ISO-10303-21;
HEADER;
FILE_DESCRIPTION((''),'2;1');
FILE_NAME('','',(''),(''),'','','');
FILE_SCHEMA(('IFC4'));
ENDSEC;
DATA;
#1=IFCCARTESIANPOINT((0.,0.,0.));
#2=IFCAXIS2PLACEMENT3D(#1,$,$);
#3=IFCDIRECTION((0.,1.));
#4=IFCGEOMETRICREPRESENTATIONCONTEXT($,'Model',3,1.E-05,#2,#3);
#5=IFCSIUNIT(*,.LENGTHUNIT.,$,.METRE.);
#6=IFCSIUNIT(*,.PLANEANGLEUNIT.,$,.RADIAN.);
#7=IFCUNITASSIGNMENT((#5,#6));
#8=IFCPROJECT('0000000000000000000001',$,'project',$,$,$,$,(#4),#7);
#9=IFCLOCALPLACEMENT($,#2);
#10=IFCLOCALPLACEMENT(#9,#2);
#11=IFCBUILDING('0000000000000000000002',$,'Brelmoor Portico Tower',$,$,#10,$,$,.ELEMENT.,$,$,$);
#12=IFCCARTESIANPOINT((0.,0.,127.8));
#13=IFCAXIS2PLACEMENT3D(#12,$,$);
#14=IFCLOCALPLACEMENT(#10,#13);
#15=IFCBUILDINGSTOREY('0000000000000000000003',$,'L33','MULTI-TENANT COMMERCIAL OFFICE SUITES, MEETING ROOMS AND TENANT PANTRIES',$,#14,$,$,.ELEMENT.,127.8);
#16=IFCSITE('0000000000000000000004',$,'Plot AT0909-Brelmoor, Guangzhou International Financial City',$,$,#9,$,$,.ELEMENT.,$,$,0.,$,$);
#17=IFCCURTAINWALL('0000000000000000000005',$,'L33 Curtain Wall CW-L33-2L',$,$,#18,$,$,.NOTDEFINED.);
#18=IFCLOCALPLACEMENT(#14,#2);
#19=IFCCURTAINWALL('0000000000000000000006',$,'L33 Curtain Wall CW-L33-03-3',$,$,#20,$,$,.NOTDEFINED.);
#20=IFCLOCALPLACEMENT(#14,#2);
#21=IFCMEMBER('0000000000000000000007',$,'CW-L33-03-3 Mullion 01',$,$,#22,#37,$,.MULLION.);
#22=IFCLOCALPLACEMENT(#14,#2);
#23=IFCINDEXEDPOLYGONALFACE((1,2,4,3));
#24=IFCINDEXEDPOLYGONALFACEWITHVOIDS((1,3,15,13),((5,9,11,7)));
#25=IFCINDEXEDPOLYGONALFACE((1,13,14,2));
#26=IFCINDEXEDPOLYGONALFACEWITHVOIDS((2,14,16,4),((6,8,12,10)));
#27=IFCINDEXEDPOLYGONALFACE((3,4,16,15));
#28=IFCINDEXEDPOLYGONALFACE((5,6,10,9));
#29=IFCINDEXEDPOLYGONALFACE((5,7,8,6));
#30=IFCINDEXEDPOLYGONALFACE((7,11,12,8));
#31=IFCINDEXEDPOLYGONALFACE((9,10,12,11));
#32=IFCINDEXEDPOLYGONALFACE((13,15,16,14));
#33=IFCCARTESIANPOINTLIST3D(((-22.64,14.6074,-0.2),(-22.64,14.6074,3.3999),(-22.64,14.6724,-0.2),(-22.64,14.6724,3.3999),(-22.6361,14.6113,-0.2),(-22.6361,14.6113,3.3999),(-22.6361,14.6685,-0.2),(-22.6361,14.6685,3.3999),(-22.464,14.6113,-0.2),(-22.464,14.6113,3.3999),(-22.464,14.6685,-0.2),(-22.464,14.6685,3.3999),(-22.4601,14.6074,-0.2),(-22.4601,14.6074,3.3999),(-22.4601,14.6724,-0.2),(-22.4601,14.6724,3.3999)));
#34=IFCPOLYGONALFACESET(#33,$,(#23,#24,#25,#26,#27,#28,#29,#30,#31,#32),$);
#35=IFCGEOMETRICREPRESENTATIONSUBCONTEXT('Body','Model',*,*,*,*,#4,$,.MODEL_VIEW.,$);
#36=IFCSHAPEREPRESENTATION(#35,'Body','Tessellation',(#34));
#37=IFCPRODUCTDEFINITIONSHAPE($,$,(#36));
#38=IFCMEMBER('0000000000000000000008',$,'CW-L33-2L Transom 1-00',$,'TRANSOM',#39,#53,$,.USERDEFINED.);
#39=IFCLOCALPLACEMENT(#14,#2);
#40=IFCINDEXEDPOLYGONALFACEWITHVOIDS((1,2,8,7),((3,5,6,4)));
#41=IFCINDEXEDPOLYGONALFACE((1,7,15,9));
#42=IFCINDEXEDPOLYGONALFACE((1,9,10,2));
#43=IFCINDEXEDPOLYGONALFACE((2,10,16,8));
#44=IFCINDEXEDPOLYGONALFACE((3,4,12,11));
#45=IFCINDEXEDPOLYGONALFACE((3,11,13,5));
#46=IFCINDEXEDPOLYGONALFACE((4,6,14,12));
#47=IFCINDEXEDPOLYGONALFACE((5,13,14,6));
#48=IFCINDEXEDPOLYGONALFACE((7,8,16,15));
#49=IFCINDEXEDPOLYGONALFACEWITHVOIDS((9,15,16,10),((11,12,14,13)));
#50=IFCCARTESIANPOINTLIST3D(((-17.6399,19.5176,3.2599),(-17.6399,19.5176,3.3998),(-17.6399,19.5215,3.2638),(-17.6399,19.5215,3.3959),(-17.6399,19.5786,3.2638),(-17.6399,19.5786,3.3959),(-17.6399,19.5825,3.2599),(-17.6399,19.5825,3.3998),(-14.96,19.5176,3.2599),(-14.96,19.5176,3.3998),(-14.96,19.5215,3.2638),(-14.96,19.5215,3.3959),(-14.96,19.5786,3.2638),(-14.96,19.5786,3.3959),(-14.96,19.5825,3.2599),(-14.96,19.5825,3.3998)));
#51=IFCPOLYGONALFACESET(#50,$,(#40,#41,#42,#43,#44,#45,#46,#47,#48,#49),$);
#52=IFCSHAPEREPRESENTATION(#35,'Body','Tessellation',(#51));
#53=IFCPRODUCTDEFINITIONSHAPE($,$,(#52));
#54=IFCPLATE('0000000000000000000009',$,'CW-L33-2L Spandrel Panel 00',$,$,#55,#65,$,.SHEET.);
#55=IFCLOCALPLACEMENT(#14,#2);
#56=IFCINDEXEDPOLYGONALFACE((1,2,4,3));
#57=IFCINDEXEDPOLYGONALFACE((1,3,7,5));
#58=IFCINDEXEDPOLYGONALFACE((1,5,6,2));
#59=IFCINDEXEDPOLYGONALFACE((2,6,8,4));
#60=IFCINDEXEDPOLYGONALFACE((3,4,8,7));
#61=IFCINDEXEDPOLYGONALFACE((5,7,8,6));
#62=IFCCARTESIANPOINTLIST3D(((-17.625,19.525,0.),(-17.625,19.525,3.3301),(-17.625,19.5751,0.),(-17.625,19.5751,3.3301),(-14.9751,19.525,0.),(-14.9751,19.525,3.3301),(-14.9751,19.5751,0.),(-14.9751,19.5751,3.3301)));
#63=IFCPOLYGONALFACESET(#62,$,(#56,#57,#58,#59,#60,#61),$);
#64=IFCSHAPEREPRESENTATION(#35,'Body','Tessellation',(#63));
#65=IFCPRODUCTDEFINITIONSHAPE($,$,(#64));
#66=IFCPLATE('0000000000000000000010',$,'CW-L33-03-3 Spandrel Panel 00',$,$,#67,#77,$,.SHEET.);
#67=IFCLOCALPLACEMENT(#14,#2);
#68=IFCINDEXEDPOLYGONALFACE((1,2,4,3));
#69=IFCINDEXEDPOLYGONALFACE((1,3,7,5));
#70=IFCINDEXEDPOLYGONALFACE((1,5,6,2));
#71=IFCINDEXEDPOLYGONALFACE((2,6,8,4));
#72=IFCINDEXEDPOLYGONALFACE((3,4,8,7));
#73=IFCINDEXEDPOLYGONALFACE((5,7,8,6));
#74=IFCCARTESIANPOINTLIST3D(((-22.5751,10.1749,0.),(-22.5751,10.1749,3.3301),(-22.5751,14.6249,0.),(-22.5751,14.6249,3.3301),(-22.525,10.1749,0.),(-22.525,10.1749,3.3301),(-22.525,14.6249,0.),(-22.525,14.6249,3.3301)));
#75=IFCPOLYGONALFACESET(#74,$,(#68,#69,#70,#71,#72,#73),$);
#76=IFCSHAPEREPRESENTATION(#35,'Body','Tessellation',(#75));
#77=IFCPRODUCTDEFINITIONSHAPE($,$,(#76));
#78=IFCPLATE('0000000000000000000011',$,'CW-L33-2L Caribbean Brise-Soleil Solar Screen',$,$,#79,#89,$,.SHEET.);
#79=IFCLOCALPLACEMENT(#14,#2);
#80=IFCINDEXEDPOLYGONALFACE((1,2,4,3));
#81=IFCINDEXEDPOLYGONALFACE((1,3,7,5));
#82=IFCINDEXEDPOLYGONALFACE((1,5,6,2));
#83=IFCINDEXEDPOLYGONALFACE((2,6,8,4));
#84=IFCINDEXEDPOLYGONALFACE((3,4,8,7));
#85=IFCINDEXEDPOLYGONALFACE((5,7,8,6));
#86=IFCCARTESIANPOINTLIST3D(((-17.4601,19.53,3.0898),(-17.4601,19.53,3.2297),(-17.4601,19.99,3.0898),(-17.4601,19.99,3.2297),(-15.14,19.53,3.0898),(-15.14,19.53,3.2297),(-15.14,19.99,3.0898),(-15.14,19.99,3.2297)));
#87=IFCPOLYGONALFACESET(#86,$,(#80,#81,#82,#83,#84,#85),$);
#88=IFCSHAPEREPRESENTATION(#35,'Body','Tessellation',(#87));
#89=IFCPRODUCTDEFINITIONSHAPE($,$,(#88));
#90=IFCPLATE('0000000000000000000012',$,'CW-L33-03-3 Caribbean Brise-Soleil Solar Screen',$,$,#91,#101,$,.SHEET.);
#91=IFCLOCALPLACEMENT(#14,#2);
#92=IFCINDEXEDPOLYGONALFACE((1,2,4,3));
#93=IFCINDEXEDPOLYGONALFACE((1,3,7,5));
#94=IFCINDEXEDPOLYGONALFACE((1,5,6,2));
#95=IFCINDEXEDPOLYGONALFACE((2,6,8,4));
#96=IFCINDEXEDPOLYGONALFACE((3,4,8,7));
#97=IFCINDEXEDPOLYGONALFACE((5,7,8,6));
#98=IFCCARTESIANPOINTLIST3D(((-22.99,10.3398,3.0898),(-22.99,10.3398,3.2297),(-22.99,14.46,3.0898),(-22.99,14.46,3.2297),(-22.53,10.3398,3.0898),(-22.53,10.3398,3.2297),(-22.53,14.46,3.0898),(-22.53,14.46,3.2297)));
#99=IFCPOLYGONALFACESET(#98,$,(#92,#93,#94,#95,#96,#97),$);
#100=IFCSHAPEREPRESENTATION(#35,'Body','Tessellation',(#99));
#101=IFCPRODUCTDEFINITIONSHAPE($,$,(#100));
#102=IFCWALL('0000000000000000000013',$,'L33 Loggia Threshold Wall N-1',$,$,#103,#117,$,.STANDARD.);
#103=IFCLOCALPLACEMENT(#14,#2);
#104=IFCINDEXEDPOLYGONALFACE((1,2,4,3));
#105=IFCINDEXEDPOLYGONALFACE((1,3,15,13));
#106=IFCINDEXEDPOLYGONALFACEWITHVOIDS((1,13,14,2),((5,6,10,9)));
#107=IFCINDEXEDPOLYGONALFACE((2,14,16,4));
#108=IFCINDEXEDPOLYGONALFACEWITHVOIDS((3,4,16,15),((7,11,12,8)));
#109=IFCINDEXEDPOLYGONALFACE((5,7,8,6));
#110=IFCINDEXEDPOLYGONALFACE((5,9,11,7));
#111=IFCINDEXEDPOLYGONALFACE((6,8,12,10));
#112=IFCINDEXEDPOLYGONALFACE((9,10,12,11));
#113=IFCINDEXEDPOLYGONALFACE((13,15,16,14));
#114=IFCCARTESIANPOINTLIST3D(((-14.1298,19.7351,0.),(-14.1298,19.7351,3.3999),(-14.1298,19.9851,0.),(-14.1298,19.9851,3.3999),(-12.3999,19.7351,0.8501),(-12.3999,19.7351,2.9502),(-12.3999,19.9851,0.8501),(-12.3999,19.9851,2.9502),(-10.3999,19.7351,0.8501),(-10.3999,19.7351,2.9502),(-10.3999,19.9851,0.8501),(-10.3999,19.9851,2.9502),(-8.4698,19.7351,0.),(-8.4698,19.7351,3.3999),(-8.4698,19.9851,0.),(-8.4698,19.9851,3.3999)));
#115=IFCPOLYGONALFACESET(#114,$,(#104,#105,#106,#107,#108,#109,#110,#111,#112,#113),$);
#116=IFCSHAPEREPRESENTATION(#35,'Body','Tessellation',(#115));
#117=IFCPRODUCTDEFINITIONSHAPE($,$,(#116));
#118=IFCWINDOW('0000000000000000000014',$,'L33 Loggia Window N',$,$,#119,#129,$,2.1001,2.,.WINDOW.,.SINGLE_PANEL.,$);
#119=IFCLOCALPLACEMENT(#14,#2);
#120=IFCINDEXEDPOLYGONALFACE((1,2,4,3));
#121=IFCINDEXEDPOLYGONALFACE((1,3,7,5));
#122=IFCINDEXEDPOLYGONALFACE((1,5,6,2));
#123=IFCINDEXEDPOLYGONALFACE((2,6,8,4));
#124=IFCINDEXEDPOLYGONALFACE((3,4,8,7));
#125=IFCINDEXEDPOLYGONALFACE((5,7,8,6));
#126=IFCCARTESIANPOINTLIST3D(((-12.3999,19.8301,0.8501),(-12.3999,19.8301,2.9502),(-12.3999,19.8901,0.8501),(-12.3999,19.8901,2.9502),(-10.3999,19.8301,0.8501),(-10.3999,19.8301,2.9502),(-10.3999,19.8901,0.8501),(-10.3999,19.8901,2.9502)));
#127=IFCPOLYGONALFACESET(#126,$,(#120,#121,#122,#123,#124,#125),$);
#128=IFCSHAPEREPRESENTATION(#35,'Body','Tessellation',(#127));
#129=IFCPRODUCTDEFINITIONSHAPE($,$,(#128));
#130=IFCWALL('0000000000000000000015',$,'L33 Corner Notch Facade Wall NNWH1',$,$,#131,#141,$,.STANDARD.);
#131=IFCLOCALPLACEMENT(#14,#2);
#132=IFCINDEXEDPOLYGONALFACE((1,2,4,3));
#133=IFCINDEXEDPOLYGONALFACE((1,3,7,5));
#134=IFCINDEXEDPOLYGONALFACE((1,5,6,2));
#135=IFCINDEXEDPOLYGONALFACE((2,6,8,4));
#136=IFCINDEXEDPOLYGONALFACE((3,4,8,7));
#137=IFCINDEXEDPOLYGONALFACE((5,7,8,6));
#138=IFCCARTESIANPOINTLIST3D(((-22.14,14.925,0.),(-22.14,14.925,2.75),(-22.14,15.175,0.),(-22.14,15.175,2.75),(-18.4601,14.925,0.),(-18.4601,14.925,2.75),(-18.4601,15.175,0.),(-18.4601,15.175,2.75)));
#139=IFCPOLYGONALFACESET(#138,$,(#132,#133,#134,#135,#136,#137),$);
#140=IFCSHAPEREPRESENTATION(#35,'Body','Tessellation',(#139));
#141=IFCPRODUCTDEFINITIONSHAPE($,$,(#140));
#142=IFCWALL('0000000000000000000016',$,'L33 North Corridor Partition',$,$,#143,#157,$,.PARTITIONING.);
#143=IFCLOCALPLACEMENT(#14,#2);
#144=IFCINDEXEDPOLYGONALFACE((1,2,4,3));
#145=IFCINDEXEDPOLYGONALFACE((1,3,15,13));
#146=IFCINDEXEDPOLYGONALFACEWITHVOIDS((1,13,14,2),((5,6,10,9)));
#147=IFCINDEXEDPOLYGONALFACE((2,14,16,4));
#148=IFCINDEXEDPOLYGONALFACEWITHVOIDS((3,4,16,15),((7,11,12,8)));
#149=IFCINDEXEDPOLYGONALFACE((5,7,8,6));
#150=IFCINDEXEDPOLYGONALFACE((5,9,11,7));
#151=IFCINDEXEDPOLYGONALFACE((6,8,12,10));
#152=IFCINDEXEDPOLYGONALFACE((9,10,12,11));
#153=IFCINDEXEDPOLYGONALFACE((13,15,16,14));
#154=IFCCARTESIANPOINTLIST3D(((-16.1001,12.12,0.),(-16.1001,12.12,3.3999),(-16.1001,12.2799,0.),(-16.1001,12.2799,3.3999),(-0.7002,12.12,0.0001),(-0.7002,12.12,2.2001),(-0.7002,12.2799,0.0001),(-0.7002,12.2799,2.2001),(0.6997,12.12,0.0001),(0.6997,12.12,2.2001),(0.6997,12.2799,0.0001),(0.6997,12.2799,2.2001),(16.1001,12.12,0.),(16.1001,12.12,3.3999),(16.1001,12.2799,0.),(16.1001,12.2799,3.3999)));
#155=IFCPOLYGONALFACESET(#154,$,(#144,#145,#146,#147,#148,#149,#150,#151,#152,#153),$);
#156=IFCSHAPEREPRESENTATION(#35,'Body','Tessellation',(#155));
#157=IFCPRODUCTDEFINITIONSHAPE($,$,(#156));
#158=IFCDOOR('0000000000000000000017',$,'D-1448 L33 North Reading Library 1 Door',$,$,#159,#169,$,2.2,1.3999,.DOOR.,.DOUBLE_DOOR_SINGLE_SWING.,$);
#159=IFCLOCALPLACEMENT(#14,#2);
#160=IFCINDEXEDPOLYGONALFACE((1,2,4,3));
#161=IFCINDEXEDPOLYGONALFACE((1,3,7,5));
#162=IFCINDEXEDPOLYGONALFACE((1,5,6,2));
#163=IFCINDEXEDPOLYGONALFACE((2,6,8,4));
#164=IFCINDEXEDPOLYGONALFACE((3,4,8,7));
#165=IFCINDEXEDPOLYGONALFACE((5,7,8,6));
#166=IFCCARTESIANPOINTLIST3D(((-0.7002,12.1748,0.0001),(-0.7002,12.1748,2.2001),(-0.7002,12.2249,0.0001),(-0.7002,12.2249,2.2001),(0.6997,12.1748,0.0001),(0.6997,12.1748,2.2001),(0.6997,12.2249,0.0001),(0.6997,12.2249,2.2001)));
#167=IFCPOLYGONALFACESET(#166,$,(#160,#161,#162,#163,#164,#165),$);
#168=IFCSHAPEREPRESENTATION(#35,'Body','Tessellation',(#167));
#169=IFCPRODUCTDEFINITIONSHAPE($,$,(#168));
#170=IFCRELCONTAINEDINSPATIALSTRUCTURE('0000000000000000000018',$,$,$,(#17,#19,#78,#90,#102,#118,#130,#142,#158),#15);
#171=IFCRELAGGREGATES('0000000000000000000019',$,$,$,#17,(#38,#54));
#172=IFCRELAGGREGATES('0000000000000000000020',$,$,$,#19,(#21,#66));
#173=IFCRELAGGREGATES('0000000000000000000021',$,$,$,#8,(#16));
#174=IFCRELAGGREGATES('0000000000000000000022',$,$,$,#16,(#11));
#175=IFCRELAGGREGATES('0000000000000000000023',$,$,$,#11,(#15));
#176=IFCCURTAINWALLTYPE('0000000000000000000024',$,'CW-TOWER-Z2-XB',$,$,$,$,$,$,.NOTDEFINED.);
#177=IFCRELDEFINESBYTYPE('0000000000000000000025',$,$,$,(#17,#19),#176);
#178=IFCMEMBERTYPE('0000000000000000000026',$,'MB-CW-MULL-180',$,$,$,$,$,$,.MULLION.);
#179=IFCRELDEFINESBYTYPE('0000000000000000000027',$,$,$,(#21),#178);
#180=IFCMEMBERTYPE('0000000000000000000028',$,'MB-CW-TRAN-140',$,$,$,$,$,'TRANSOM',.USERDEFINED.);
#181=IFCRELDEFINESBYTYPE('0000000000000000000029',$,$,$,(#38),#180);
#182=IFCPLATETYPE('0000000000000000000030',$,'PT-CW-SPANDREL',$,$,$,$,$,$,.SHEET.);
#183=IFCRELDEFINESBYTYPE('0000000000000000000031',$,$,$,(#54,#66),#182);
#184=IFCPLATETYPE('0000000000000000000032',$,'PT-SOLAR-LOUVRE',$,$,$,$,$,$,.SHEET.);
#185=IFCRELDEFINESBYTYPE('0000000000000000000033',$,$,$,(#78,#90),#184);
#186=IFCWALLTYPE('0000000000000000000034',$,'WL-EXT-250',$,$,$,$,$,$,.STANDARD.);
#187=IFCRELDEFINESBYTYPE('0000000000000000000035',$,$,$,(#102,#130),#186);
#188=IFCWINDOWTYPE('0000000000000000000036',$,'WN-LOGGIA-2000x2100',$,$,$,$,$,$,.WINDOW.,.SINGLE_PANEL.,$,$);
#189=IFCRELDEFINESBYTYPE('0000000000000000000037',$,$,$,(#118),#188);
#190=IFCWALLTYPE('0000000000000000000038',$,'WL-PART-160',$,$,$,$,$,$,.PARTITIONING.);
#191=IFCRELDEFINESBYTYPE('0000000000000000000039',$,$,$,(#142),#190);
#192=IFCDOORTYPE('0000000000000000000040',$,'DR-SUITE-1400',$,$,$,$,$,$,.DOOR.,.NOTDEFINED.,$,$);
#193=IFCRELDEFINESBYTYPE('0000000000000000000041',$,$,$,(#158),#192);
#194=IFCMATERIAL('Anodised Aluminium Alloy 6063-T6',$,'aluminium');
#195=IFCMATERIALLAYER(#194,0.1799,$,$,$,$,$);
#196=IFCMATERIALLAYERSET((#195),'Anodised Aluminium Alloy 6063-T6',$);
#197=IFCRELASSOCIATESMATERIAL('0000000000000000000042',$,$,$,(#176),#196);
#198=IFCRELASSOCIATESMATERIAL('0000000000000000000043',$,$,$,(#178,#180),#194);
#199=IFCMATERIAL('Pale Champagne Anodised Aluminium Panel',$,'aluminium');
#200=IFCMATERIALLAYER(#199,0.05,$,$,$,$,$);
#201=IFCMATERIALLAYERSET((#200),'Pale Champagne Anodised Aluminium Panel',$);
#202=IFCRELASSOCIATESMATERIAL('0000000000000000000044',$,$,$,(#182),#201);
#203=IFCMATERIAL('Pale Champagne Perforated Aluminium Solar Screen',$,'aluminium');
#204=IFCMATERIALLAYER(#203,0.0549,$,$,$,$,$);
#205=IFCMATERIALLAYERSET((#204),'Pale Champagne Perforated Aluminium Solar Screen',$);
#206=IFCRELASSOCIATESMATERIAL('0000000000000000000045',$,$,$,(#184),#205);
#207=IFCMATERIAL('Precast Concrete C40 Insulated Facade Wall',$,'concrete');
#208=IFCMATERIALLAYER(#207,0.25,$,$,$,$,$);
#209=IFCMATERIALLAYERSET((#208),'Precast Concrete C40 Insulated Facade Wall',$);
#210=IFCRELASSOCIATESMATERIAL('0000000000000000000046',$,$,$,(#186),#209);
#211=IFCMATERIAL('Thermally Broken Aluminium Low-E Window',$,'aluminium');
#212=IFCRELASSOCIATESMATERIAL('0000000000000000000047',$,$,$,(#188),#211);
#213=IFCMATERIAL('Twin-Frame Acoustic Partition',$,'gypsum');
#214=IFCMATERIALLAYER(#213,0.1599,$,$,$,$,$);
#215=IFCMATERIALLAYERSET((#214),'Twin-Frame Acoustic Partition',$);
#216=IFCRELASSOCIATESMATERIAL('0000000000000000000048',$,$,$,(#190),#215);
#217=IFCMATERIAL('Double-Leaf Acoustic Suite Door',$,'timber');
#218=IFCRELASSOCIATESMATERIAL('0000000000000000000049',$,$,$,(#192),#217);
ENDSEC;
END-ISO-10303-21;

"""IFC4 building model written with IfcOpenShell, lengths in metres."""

from ifc_helpers import new_model, si_unit, direction, frame, frame_2d, origin, origin_2d, place, context, subcontext, project, spatial, rectangle, hollow_rectangle, extrude, material, layer, layer_set, material_profile, profile_set, type_object, element, fill, aggregate, save


model = new_model("IFC4")

# Units and contexts
model_context = context("Model", 3, precision=1e-05, world=origin(), true_north=direction((0.0, 1.0)))
body_context = subcontext(model_context, "Body", "Model", "MODEL_VIEW")
ifc_project = project(units=[si_unit("LENGTHUNIT", "METRE"), si_unit("PLANEANGLEUNIT", "RADIAN")], contexts=[model_context])

# Site, building, storey
site_placement = place(None, origin())
site = spatial("IfcSite", under=ifc_project, at=site_placement, Name="Plot AT0909-Brelmoor, Guangzhou International Financial City", CompositionType="ELEMENT", RefElevation=0.0)
building_placement = place(site_placement, origin())
building = spatial("IfcBuilding", under=site, at=building_placement, Name="Brelmoor Portico Tower", CompositionType="ELEMENT")
storey_placement = place(building_placement, frame((0.0, 0.0, 127.8)))
storey = spatial("IfcBuildingStorey", under=building, at=storey_placement, Name="L33", Description="MULTI-TENANT COMMERCIAL OFFICE SUITES, MEETING ROOMS AND TENANT PANTRIES", CompositionType="ELEMENT", Elevation=127.8)

# Curtain wall
ifc_material_1 = material(Name="Anodised Aluminium Alloy 6063-T6", Category="aluminium")
ifc_layer_1 = layer(ifc_material_1, 0.1799)
ifc_layer_set_1 = layer_set([ifc_layer_1], Name="Anodised Aluminium Alloy 6063-T6")
curtain_wall_type = type_object("IfcCurtainWallType", Name="CW-TOWER-Z2-XB", PredefinedType="NOTDEFINED", material=ifc_layer_set_1)
curtain_wall_1_placement = place(storey_placement, origin())
curtain_wall_1 = element("IfcCurtainWall", 1, at=curtain_wall_1_placement, inside=storey, type_object=curtain_wall_type, Name="L33 Curtain Wall CW-L33-2L", PredefinedType="NOTDEFINED")
ifc_material_profile_1 = material_profile(ifc_material_1, hollow_rectangle(XDim=0.0649, YDim=0.1799, WallThickness=0.0039, at=origin_2d()), Name="ALU MULLION 65x180")
ifc_profile_set_1 = profile_set([ifc_material_profile_1], Name="Anodised Aluminium Alloy 6063-T6")
member_type_1 = type_object("IfcMemberType", Name="MB-CW-MULL-180", PredefinedType="MULLION", material=ifc_profile_set_1)

# Curtain wall, member
curtain_wall_2_placement = place(storey_placement, origin())
curtain_wall_2 = element("IfcCurtainWall", 2, at=curtain_wall_2_placement, inside=storey, type_object=curtain_wall_type, Name="L33 Curtain Wall CW-L33-03-3", PredefinedType="NOTDEFINED")
member_1_placement = place(storey_placement, frame((-22.55, 14.6399, -0.2), z_axis=(0.0, 0.0, 1.0), x_axis=(0.0, 1.0, 0.0)))
member_1 = element("IfcMember", 3, at=member_1_placement, type_object=member_type_1, Name="CW-L33-03-3 Mullion 01", PredefinedType="MULLION", context=body_context, shape_type="SweptSolid", body=[
    extrude(hollow_rectangle(XDim=0.0649, YDim=0.1799, WallThickness=0.0039, at=origin_2d()), origin(), (0.0, 0.0, 1.0), 3.5999),
])

# Member
ifc_material_profile_2 = material_profile(ifc_material_1, hollow_rectangle(XDim=0.0649, YDim=0.1399, WallThickness=0.0039, at=origin_2d()), Name="ALU TRANSOM 65x140")
ifc_profile_set_2 = profile_set([ifc_material_profile_2], Name="Anodised Aluminium Alloy 6063-T6")
member_type_2 = type_object("IfcMemberType", Name="MB-CW-TRAN-140", ElementType="TRANSOM", PredefinedType="USERDEFINED", material=ifc_profile_set_2)
member_2_placement = place(storey_placement, frame((-17.6399, 19.55, 3.3298), z_axis=(1.0, 0.0, 0.0), x_axis=(0.0, 1.0, 0.0)))
member_2 = element("IfcMember", 4, at=member_2_placement, type_object=member_type_2, Name="CW-L33-2L Transom 1-00", ObjectType="TRANSOM", PredefinedType="USERDEFINED", context=body_context, shape_type="SweptSolid", body=[
    extrude(hollow_rectangle(XDim=0.0649, YDim=0.1399, WallThickness=0.0039, at=origin_2d()), origin(), (0.0, 0.0, 1.0), 2.6799),
])

# Plates
ifc_material_2 = material(Name="Pale Champagne Anodised Aluminium Panel", Category="aluminium")
ifc_layer_2 = layer(ifc_material_2, 0.05)
ifc_layer_set_2 = layer_set([ifc_layer_2], Name="Pale Champagne Anodised Aluminium Panel")
plate_type_1 = type_object("IfcPlateType", Name="PT-CW-SPANDREL", PredefinedType="SHEET", material=ifc_layer_set_2)
plate_1_placement = place(storey_placement, frame((-16.3, 19.55, 0.0), z_axis=(0.0, 0.0, 1.0), x_axis=(1.0, 0.0, 0.0)))
plate_1 = element("IfcPlate", 5, at=plate_1_placement, type_object=plate_type_1, Name="CW-L33-2L Spandrel Panel 00", PredefinedType="SHEET", context=body_context, shape_type="SweptSolid", body=[
    extrude(rectangle(XDim=2.6499, YDim=0.05, at=origin_2d()), origin(), (0.0, 0.0, 1.0), 3.3301),
])
aggregate(curtain_wall_1, [member_2, plate_1])
plate_2_placement = place(storey_placement, frame((-22.55, 12.3999, 0.0), z_axis=(0.0, 0.0, 1.0), x_axis=(0.0, 1.0, 0.0)))
plate_2 = element("IfcPlate", 6, at=plate_2_placement, type_object=plate_type_1, Name="CW-L33-03-3 Spandrel Panel 00", PredefinedType="SHEET", context=body_context, shape_type="SweptSolid", body=[
    extrude(rectangle(XDim=4.45, YDim=0.05, at=origin_2d()), origin(), (0.0, 0.0, 1.0), 3.3301),
])
aggregate(curtain_wall_2, [member_1, plate_2])

# Plates
ifc_material_3 = material(Name="Pale Champagne Perforated Aluminium Solar Screen", Category="aluminium")
ifc_layer_3 = layer(ifc_material_3, 0.0549)
ifc_layer_set_3 = layer_set([ifc_layer_3], Name="Pale Champagne Perforated Aluminium Solar Screen")
plate_type_2 = type_object("IfcPlateType", Name="PT-SOLAR-LOUVRE", PredefinedType="SHEET", material=ifc_layer_set_3)
plate_3_placement = place(storey_placement, frame((-16.3, 19.76, 3.0898), z_axis=(0.0, 0.0, 1.0), x_axis=(1.0, 0.0, 0.0)))
element("IfcPlate", 7, at=plate_3_placement, inside=storey, type_object=plate_type_2, Name="CW-L33-2L Caribbean Brise-Soleil Solar Screen", PredefinedType="SHEET", context=body_context, shape_type="SweptSolid", body=[
    extrude(rectangle(XDim=2.3201, YDim=0.46, at=origin_2d()), origin(), (0.0, 0.0, 1.0), 0.1399),
])
plate_4_placement = place(storey_placement, frame((-22.76, 12.3999, 3.0898), z_axis=(0.0, 0.0, 1.0), x_axis=(0.0, 1.0, 0.0)))
element("IfcPlate", 8, at=plate_4_placement, inside=storey, type_object=plate_type_2, Name="CW-L33-03-3 Caribbean Brise-Soleil Solar Screen", PredefinedType="SHEET", context=body_context, shape_type="SweptSolid", body=[
    extrude(rectangle(XDim=4.1201, YDim=0.46, at=origin_2d()), origin(), (0.0, 0.0, 1.0), 0.1399),
])

# Wall, opening, window
ifc_material_4 = material(Name="Precast Concrete C40 Insulated Facade Wall", Category="concrete")
ifc_layer_4 = layer(ifc_material_4, 0.25)
ifc_layer_set_4 = layer_set([ifc_layer_4], Name="Precast Concrete C40 Insulated Facade Wall")
wall_type_1 = type_object("IfcWallType", Name="WL-EXT-250", PredefinedType="STANDARD", material=ifc_layer_set_4)
wall_1_placement = place(storey_placement, frame((-14.1299, 19.8601, 0.0), z_axis=(0.0, 0.0, 1.0), x_axis=(1.0, 0.0, 0.0)))
wall_1 = element("IfcWall", 9, at=wall_1_placement, inside=storey, type_object=wall_type_1, Name="L33 Loggia Threshold Wall N-1", PredefinedType="STANDARD", context=body_context, shape_type="SweptSolid", body=[
    extrude(rectangle(XDim=5.6599, YDim=0.25, at=frame_2d((2.8301, 0.0))), origin(), (0.0, 0.0, 1.0), 3.3999),
])
opening_1_placement = place(wall_1_placement, frame((1.73, 0.0, 0.8501)))
opening_1 = element("IfcOpeningElement", 10, at=opening_1_placement, cuts=wall_1, PredefinedType="OPENING", context=body_context, shape_type="SweptSolid", body=[
    extrude(rectangle(XDim=2.0, YDim=2.1001, at=frame_2d((1.0, 1.05))), frame((0.0, 0.135, 0.0), z_axis=(0.0, -1.0, 0.0), x_axis=(1.0, 0.0, 0.0)), (0.0, 0.0, 1.0), 0.27),
])
ifc_material_5 = material(Name="Thermally Broken Aluminium Low-E Window", Category="aluminium")
window_type = type_object("IfcWindowType", Name="WN-LOGGIA-2000x2100", PartitioningType="SINGLE_PANEL", PredefinedType="WINDOW", material=ifc_material_5)
window_placement = place(opening_1_placement, origin())
window = element("IfcWindow", 11, at=window_placement, inside=storey, type_object=window_type, Name="L33 Loggia Window N", OverallHeight=2.1001, OverallWidth=2.0, PartitioningType="SINGLE_PANEL", PredefinedType="WINDOW", context=body_context, shape_type="SweptSolid", body=[
    extrude(rectangle(XDim=2.0, YDim=2.1001, at=frame_2d((1.0, 1.05))), frame((0.0, 0.03, 0.0), z_axis=(0.0, -1.0, 0.0), x_axis=(1.0, 0.0, 0.0)), (0.0, 0.0, 1.0), 0.0601),
])
fill(opening_1, window)

# Wall
for number, where, z_axis, x_axis, name in (
    (12, (-22.1399, 15.05, 0.0), (0.0, 0.0, 1.0), (1.0, 0.0, 0.0), "L33 Corner Notch Facade Wall NNWH1"),
):
    element("IfcWall", number, at=place(storey_placement, frame(where, z_axis=z_axis, x_axis=x_axis)), inside=storey, type_object=wall_type_1, Name=name, PredefinedType="STANDARD", context=body_context, shape_type="SweptSolid", body=[
        extrude(rectangle(XDim=3.6799, YDim=0.25, at=frame_2d((1.8398, 0.0))), origin(), (0.0, 0.0, 1.0), 2.75),
    ])

# Wall, opening, door
ifc_material_6 = material(Name="Twin-Frame Acoustic Partition", Category="gypsum")
ifc_layer_5 = layer(ifc_material_6, 0.1599)
ifc_layer_set_5 = layer_set([ifc_layer_5], Name="Twin-Frame Acoustic Partition")
wall_type_2 = type_object("IfcWallType", Name="WL-PART-160", PredefinedType="PARTITIONING", material=ifc_layer_set_5)
wall_2_placement = place(storey_placement, frame((-16.1001, 12.2, 0.0), z_axis=(0.0, 0.0, 1.0), x_axis=(1.0, 0.0, 0.0)))
wall_2 = element("IfcWall", 13, at=wall_2_placement, inside=storey, type_object=wall_type_2, Name="L33 North Corridor Partition", PredefinedType="PARTITIONING", context=body_context, shape_type="SweptSolid", body=[
    extrude(rectangle(XDim=32.2002, YDim=0.1599, at=frame_2d((16.1001, 0.0))), origin(), (0.0, 0.0, 1.0), 3.3999),
])
opening_2_placement = place(wall_2_placement, frame((15.3999, 0.0, 0.0)))
opening_2 = element("IfcOpeningElement", 14, at=opening_2_placement, cuts=wall_2, PredefinedType="OPENING", context=body_context, shape_type="SweptSolid", body=[
    extrude(rectangle(XDim=1.3999, YDim=2.2, at=frame_2d((0.7, 1.1001))), frame((0.0, 0.0898, 0.0), z_axis=(0.0, -1.0, 0.0), x_axis=(1.0, 0.0, 0.0)), (0.0, 0.0, 1.0), 0.1799),
])
ifc_material_7 = material(Name="Double-Leaf Acoustic Suite Door", Category="timber")
door_type = type_object("IfcDoorType", Name="DR-SUITE-1400", OperationType="NOTDEFINED", PredefinedType="DOOR", material=ifc_material_7)
door_placement = place(opening_2_placement, origin())
door = element("IfcDoor", 15, at=door_placement, inside=storey, type_object=door_type, Name="D-1448 L33 North Reading Library 1 Door", OperationType="DOUBLE_DOOR_SINGLE_SWING", OverallHeight=2.2, OverallWidth=1.3999, PredefinedType="DOOR", context=body_context, shape_type="SweptSolid", body=[
    extrude(rectangle(XDim=1.3999, YDim=2.2, at=frame_2d((0.7, 1.1001))), frame((0.0, 0.0249, 0.0), z_axis=(0.0, -1.0, 0.0), x_axis=(1.0, 0.0, 0.0)), (0.0, 0.0, 1.0), 0.05),
])
fill(opening_2, door)

save(model, "model.ifc")
